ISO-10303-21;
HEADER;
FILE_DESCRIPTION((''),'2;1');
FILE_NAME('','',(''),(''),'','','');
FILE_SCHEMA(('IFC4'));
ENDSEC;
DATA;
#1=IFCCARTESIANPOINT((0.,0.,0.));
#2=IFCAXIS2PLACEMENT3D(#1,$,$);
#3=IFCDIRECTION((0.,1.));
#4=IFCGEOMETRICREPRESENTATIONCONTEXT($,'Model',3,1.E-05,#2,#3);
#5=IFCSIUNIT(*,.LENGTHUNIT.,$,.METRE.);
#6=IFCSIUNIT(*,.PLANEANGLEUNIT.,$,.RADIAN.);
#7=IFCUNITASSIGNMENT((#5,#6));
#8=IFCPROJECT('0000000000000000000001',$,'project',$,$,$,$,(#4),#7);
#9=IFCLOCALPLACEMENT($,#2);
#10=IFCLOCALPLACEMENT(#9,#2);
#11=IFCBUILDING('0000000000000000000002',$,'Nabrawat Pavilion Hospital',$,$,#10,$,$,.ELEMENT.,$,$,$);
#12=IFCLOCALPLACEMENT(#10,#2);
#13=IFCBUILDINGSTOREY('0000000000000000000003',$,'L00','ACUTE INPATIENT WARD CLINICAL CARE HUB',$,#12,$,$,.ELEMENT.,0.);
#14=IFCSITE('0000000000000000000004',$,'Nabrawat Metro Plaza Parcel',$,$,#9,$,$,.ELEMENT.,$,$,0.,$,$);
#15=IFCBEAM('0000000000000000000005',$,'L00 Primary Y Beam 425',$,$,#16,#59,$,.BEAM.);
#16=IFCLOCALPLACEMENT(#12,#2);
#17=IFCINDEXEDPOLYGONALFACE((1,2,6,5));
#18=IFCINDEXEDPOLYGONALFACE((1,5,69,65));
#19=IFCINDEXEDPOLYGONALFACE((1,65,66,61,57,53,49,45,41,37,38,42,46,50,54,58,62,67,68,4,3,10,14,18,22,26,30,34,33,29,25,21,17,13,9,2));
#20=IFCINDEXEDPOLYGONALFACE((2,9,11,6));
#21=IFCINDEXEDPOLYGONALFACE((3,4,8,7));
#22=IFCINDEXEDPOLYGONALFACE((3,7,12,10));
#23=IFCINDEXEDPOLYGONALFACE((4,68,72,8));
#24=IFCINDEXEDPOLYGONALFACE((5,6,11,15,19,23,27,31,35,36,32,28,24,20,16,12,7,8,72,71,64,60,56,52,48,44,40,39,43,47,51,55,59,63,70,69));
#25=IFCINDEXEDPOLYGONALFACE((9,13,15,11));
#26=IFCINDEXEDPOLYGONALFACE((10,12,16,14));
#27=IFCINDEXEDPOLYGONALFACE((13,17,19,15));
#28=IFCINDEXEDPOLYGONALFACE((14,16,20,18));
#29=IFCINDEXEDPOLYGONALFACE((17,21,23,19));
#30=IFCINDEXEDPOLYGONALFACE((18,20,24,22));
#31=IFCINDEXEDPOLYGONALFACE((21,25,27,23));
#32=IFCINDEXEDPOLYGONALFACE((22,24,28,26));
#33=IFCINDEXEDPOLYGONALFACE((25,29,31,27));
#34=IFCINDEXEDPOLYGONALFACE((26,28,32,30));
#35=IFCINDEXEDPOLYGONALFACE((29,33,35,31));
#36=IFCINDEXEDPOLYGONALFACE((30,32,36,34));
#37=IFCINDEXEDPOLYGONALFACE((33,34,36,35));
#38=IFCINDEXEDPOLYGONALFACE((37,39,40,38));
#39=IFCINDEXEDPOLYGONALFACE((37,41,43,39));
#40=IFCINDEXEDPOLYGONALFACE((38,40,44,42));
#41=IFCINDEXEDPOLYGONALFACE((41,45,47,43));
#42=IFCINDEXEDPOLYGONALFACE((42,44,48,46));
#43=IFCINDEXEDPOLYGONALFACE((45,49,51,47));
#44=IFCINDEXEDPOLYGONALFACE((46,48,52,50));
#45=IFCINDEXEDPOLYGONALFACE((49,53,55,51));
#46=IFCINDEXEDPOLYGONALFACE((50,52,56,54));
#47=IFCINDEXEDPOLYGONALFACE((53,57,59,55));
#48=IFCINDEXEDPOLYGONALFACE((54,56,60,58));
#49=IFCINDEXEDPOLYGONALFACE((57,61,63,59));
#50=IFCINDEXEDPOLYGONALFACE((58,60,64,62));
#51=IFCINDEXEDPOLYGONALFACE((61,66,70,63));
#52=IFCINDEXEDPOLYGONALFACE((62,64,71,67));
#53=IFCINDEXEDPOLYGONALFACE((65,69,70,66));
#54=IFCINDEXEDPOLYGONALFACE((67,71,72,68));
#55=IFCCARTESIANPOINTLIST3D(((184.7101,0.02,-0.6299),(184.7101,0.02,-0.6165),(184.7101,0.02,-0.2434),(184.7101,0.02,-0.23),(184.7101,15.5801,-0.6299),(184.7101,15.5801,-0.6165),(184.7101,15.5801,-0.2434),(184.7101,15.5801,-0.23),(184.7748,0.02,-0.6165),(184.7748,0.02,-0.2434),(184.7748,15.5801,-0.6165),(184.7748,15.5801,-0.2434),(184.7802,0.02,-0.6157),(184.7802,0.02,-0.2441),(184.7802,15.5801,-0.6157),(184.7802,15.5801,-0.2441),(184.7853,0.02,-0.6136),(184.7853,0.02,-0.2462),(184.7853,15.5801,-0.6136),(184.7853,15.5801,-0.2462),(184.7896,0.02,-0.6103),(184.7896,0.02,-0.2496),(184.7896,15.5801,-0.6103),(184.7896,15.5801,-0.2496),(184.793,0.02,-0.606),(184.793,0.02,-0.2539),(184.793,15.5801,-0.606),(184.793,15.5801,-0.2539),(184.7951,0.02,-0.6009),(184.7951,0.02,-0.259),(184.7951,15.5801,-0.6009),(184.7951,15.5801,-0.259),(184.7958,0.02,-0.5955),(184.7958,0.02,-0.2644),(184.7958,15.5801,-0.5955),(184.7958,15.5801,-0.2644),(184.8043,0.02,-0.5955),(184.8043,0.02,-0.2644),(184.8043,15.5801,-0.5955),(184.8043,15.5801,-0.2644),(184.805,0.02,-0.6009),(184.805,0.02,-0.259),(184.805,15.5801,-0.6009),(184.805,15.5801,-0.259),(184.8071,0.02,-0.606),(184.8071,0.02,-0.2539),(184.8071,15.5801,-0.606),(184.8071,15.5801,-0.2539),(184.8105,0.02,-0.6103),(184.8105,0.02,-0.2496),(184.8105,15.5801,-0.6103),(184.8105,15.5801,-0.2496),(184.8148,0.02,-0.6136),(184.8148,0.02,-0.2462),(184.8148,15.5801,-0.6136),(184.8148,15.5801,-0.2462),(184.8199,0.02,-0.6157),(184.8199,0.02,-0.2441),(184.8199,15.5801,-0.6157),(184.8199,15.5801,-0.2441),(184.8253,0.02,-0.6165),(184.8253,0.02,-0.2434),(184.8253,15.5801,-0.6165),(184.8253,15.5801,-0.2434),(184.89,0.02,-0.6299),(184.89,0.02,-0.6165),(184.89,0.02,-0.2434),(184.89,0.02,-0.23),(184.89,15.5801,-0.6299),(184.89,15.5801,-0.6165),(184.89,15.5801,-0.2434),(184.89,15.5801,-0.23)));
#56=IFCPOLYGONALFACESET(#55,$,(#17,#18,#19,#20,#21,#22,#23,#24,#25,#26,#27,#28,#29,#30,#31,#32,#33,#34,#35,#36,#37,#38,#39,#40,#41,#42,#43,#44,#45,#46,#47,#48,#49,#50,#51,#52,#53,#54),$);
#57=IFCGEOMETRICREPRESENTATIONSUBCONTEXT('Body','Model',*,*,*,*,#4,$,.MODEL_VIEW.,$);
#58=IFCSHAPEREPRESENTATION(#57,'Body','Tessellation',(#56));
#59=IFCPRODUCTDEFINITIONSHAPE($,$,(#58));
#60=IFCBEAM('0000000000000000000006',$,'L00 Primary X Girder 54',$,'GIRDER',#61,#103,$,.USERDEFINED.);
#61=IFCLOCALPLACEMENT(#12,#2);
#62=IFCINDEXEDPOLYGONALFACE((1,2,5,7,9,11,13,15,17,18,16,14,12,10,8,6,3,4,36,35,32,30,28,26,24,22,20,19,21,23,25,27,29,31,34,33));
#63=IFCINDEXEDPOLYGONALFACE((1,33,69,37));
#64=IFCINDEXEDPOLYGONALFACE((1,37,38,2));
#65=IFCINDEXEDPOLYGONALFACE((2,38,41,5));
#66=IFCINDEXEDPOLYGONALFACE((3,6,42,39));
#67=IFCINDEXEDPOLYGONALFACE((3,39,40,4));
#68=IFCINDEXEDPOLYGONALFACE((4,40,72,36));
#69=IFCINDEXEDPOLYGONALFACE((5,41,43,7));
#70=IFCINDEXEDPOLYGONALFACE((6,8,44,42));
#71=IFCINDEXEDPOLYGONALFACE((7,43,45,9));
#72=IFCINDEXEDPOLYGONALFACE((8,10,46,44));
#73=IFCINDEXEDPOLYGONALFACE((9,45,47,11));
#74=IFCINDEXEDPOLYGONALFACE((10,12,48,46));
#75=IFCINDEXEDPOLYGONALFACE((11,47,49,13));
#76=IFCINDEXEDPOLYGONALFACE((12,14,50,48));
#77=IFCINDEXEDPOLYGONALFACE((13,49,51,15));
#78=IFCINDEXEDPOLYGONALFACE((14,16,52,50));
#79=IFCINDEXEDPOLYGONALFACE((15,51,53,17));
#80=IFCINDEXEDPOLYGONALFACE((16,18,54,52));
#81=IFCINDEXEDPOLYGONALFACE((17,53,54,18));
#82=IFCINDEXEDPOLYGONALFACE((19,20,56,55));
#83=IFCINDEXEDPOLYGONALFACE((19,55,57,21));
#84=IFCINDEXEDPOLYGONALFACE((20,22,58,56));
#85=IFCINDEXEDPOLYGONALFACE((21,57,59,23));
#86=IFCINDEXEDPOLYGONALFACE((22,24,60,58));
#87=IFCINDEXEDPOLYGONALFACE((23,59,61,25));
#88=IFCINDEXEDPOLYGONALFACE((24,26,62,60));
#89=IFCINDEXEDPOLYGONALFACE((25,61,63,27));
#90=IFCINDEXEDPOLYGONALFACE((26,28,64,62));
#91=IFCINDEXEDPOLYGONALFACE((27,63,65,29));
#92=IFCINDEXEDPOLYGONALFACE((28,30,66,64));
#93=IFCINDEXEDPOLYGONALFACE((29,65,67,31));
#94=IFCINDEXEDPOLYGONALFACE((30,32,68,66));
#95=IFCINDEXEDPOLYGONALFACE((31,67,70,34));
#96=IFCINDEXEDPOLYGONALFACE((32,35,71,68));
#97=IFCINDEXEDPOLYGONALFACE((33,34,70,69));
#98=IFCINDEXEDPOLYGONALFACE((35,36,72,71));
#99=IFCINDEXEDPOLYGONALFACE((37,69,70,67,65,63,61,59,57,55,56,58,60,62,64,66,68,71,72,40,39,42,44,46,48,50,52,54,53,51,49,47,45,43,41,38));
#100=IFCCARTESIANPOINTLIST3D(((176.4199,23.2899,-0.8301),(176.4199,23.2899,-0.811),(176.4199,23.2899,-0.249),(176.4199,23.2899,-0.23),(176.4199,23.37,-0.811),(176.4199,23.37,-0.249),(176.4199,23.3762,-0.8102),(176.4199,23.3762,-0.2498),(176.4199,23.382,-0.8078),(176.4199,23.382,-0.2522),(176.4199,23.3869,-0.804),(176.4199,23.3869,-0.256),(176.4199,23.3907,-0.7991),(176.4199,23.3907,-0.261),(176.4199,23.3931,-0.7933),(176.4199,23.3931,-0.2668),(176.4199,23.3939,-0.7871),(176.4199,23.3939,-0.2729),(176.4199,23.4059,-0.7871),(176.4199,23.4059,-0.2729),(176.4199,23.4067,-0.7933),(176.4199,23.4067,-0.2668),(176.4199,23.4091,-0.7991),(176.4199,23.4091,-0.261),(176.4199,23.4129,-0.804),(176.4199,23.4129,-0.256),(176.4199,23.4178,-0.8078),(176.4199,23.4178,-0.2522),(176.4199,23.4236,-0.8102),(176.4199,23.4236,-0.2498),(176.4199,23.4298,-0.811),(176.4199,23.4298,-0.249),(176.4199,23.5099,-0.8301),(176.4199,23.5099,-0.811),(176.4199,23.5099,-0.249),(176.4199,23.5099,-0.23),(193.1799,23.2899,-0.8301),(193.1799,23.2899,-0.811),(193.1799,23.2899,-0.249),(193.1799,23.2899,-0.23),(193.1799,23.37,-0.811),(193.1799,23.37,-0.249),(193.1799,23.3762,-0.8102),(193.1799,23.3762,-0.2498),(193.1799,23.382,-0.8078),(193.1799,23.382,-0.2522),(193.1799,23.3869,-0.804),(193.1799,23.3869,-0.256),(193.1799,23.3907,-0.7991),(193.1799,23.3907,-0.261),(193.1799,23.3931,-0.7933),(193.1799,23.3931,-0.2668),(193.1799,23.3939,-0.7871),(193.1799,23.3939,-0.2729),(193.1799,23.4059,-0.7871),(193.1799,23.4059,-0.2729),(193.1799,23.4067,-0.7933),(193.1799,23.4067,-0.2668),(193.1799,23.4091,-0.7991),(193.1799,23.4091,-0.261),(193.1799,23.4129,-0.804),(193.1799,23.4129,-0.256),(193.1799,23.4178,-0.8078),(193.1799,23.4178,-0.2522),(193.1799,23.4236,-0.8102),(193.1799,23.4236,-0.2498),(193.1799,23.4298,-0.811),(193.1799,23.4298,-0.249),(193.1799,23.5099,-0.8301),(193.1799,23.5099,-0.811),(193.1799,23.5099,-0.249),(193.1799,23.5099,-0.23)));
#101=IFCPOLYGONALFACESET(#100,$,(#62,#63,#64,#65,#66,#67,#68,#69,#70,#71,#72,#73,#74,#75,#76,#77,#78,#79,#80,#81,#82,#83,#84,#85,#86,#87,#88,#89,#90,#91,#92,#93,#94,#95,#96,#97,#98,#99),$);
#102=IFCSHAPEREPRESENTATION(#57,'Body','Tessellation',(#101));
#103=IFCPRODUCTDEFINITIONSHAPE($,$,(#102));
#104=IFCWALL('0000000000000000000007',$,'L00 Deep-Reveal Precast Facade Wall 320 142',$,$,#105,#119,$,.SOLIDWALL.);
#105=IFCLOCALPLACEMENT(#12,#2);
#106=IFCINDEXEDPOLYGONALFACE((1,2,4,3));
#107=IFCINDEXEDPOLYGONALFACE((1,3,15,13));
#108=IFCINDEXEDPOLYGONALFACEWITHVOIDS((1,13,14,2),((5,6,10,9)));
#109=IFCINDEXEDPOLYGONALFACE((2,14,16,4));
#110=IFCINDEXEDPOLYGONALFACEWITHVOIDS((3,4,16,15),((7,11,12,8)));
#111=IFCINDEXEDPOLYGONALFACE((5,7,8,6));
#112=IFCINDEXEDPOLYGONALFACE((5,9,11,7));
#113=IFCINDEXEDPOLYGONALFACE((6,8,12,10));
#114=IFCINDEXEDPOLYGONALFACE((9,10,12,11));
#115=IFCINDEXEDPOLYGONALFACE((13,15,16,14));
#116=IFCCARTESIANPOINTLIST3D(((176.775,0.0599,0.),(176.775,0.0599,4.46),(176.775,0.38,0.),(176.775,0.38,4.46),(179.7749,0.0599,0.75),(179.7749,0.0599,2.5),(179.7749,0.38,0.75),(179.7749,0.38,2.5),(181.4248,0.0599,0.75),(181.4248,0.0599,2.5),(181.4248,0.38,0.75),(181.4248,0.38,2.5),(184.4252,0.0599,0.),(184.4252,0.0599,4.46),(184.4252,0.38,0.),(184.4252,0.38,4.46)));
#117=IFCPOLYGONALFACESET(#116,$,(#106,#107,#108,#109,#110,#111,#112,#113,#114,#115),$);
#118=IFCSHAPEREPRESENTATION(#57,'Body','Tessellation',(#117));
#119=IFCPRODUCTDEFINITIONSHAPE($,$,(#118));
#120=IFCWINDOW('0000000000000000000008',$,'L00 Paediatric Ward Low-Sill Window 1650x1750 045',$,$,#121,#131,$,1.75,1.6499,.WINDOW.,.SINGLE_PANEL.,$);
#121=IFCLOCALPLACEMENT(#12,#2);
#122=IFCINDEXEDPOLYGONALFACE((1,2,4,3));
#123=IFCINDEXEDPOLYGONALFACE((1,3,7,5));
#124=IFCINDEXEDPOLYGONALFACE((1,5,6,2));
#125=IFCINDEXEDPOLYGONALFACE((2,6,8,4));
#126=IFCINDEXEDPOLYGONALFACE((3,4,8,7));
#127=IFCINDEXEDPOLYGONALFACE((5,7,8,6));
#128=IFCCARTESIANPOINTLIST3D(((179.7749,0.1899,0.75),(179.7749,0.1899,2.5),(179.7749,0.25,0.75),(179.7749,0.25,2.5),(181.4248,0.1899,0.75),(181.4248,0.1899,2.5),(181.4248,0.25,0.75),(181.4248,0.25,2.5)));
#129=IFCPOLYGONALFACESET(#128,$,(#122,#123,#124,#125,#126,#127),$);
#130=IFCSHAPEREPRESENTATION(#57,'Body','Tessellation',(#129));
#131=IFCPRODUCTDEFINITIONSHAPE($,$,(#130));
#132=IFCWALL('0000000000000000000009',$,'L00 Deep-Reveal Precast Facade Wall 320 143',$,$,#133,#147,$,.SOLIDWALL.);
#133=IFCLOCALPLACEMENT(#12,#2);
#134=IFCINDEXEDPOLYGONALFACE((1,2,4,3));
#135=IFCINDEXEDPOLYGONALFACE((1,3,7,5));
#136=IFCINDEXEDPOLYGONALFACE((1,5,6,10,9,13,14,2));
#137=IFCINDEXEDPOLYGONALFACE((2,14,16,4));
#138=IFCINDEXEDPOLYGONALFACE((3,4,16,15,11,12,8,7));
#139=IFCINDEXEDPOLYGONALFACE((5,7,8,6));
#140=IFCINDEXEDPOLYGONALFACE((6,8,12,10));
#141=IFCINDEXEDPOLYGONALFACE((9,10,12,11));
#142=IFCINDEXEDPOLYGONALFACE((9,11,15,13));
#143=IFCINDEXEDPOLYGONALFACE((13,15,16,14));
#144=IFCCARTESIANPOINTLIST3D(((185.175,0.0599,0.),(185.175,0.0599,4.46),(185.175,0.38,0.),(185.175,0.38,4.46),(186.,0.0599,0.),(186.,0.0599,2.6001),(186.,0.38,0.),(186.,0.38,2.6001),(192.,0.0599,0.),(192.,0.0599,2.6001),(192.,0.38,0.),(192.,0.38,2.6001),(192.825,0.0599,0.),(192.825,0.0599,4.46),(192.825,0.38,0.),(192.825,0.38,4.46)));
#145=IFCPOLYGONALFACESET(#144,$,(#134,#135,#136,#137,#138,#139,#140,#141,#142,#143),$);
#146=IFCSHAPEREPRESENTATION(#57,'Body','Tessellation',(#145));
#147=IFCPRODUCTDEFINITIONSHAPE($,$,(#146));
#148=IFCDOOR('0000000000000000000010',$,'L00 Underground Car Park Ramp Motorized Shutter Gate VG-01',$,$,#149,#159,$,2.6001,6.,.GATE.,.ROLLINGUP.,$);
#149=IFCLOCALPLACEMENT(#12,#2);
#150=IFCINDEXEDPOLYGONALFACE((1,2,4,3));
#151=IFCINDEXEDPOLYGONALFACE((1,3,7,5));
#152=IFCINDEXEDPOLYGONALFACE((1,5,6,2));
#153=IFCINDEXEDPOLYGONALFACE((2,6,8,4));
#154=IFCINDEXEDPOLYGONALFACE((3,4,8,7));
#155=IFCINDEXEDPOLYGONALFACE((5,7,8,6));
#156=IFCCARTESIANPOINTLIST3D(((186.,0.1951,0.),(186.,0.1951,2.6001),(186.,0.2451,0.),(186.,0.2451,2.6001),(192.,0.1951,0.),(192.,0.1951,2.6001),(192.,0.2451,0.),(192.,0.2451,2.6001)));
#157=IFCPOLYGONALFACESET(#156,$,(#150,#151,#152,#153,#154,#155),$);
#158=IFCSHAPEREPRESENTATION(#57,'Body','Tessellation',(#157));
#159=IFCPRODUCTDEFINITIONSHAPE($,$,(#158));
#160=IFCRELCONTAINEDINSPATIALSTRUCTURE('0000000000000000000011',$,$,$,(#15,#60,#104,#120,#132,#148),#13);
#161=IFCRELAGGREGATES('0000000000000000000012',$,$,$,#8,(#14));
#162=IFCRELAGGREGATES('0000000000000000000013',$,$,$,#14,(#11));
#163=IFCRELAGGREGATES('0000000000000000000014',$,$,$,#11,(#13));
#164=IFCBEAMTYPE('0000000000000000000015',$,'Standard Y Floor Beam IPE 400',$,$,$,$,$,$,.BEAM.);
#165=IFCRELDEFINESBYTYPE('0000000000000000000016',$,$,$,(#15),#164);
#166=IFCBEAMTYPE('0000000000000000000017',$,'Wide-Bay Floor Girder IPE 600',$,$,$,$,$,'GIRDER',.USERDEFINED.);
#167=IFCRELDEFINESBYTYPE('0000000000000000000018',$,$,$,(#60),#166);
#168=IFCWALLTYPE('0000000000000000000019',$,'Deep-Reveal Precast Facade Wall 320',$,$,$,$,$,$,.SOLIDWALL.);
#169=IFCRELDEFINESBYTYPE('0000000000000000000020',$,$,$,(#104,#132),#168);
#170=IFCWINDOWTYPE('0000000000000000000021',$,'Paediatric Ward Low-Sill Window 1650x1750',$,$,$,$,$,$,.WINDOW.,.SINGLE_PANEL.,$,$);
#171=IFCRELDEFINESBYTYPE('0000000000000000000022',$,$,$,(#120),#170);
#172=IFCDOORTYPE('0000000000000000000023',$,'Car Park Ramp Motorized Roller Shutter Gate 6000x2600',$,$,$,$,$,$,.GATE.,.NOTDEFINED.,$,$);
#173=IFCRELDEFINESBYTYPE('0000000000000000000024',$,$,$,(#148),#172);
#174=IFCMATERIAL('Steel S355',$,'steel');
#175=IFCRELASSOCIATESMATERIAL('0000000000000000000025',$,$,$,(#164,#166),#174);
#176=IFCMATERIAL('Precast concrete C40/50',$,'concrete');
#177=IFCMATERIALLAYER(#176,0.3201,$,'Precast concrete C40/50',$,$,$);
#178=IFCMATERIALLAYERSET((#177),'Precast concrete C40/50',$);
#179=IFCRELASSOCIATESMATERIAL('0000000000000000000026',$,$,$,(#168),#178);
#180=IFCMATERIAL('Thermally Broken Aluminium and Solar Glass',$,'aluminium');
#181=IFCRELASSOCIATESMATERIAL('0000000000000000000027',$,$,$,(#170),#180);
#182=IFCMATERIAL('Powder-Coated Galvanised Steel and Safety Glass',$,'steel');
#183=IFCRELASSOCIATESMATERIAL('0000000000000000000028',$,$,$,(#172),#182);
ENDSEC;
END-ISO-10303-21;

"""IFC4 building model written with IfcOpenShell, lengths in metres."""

from ifc_helpers import new_model, si_unit, direction, frame, frame_2d, origin, origin_2d, place, context, subcontext, project, spatial, rectangle, i_section, extrude, material, layer, layer_set, material_profile, profile_set, type_object, element, fill, save


model = new_model("IFC4")

# Units and contexts
model_context = context("Model", 3, precision=1e-05, world=origin(), true_north=direction((0.0, 1.0)))
body_context = subcontext(model_context, "Body", "Model", "MODEL_VIEW")
ifc_project = project(units=[si_unit("LENGTHUNIT", "METRE"), si_unit("PLANEANGLEUNIT", "RADIAN")], contexts=[model_context])

# Site, building, storey
site_placement = place(None, origin())
site = spatial("IfcSite", under=ifc_project, at=site_placement, Name="Nabrawat Metro Plaza Parcel", CompositionType="ELEMENT", RefElevation=0.0)
building_placement = place(site_placement, origin())
building = spatial("IfcBuilding", under=site, at=building_placement, Name="Nabrawat Pavilion Hospital", CompositionType="ELEMENT")
storey_placement = place(building_placement, origin())
storey = spatial("IfcBuildingStorey", under=building, at=storey_placement, Name="L00", Description="ACUTE INPATIENT WARD CLINICAL CARE HUB", CompositionType="ELEMENT", Elevation=0.0)

# Beams
ifc_material_1 = material(Name="Steel S355", Category="steel")
ifc_material_profile_1 = material_profile(ifc_material_1, i_section(OverallWidth=0.1799, OverallDepth=0.3999, WebThickness=0.0085, FlangeThickness=0.0134, FilletRadius=0.021, at=origin_2d()), Name="IPE 400")
ifc_profile_set_1 = profile_set([ifc_material_profile_1], Name="Steel S355")
beam_type_1 = type_object("IfcBeamType", Name="Standard Y Floor Beam IPE 400", PredefinedType="BEAM", material=ifc_profile_set_1)
beam_1_placement = place(storey_placement, frame((184.8, 0.02, -0.4299), z_axis=(0.0, 1.0, 0.0), x_axis=(-1.0, 0.0, 0.0)))
element("IfcBeam", 1, at=beam_1_placement, inside=storey, type_object=beam_type_1, Name="L00 Primary Y Beam 425", PredefinedType="BEAM", context=body_context, shape_type="SweptSolid", body=[
    extrude(i_section(OverallWidth=0.1799, OverallDepth=0.3999, WebThickness=0.0085, FlangeThickness=0.0134, FilletRadius=0.021, at=origin_2d()), origin(), (0.0, 0.0, 1.0), 15.5601),
])
ifc_material_profile_2 = material_profile(ifc_material_1, i_section(OverallWidth=0.22, OverallDepth=0.6001, WebThickness=0.012, FlangeThickness=0.019, FilletRadius=0.0239, at=origin_2d()), Name="IPE 600")
ifc_profile_set_2 = profile_set([ifc_material_profile_2], Name="Steel S355")
beam_type_2 = type_object("IfcBeamType", Name="Wide-Bay Floor Girder IPE 600", ElementType="GIRDER", PredefinedType="USERDEFINED", material=ifc_profile_set_2)
beam_2_placement = place(storey_placement, frame((176.4199, 23.3999, -0.53), z_axis=(1.0, 0.0, 0.0), x_axis=(0.0, 1.0, 0.0)))
element("IfcBeam", 2, at=beam_2_placement, inside=storey, type_object=beam_type_2, Name="L00 Primary X Girder 54", ObjectType="GIRDER", PredefinedType="USERDEFINED", context=body_context, shape_type="SweptSolid", body=[
    extrude(i_section(OverallWidth=0.22, OverallDepth=0.6001, WebThickness=0.012, FlangeThickness=0.019, FilletRadius=0.0239, at=origin_2d()), origin(), (0.0, 0.0, 1.0), 16.76),
])

# Wall, opening, window
ifc_material_2 = material(Name="Precast concrete C40/50", Category="concrete")
ifc_layer_1 = layer(ifc_material_2, 0.3201, Name="Precast concrete C40/50")
ifc_layer_set_1 = layer_set([ifc_layer_1], Name="Precast concrete C40/50")
wall_type = type_object("IfcWallType", Name="Deep-Reveal Precast Facade Wall 320", PredefinedType="SOLIDWALL", material=ifc_layer_set_1)
wall_1_placement = place(storey_placement, frame((176.7749, 0.22, 0.0), z_axis=(0.0, 0.0, 1.0), x_axis=(1.0, 0.0, 0.0)))
wall_1 = element("IfcWall", 3, at=wall_1_placement, inside=storey, type_object=wall_type, Name="L00 Deep-Reveal Precast Facade Wall 320 142", PredefinedType="SOLIDWALL", context=body_context, shape_type="SweptSolid", body=[
    extrude(rectangle(XDim=7.6501, YDim=0.3201, at=frame_2d((3.8252, 0.0))), origin(), (0.0, 0.0, 1.0), 4.46),
])
opening_1_placement = place(wall_1_placement, frame((3.0, 0.0, 0.75)))
opening_1 = element("IfcOpeningElement", 4, at=opening_1_placement, cuts=wall_1, PredefinedType="OPENING", context=body_context, shape_type="SweptSolid", body=[
    extrude(rectangle(XDim=1.6499, YDim=1.75, at=frame_2d((0.825, 0.875))), frame((0.0, 0.1699, 0.0), z_axis=(0.0, -1.0, 0.0), x_axis=(1.0, 0.0, 0.0)), (0.0, 0.0, 1.0), 0.3401),
])
ifc_material_3 = material(Name="Thermally Broken Aluminium and Solar Glass", Category="aluminium")
window_type_1 = type_object("IfcWindowType", Name="Paediatric Ward Low-Sill Window 1650x1750", PartitioningType="SINGLE_PANEL", PredefinedType="WINDOW", material=ifc_material_3)
window_1_placement = place(opening_1_placement, origin())
window_1 = element("IfcWindow", 5, at=window_1_placement, inside=storey, type_object=window_type_1, Name="L00 Paediatric Ward Low-Sill Window 1650x1750 045", OverallHeight=1.75, OverallWidth=1.6499, PartitioningType="SINGLE_PANEL", PredefinedType="WINDOW", context=body_context, shape_type="SweptSolid", body=[
    extrude(rectangle(XDim=1.6499, YDim=1.75, at=frame_2d((0.825, 0.875))), frame((0.0, 0.03, 0.0), z_axis=(0.0, -1.0, 0.0), x_axis=(1.0, 0.0, 0.0)), (0.0, 0.0, 1.0), 0.0601),
])
fill(opening_1, window_1)

# Wall, opening, door
wall_2_placement = place(storey_placement, frame((185.175, 0.22, 0.0), z_axis=(0.0, 0.0, 1.0), x_axis=(1.0, 0.0, 0.0)))
wall_2 = element("IfcWall", 6, at=wall_2_placement, inside=storey, type_object=wall_type, Name="L00 Deep-Reveal Precast Facade Wall 320 143", PredefinedType="SOLIDWALL", context=body_context, shape_type="SweptSolid", body=[
    extrude(rectangle(XDim=7.6499, YDim=0.3201, at=frame_2d((3.825, 0.0))), origin(), (0.0, 0.0, 1.0), 4.46),
])
opening_2_placement = place(wall_2_placement, frame((0.825, 0.0, 0.0)))
opening_2 = element("IfcOpeningElement", 7, at=opening_2_placement, cuts=wall_2, PredefinedType="OPENING", context=body_context, shape_type="SweptSolid", body=[
    extrude(rectangle(XDim=6.0, YDim=2.6001, at=frame_2d((3.0, 1.3))), frame((0.0, 0.1699, 0.0), z_axis=(0.0, -1.0, 0.0), x_axis=(1.0, 0.0, 0.0)), (0.0, 0.0, 1.0), 0.3401),
])
ifc_material_4 = material(Name="Powder-Coated Galvanised Steel and Safety Glass", Category="steel")
door_type_1 = type_object("IfcDoorType", Name="Car Park Ramp Motorized Roller Shutter Gate 6000x2600", OperationType="NOTDEFINED", PredefinedType="GATE", material=ifc_material_4)
door_1_placement = place(opening_2_placement, frame((6.0, 0.0, 0.0), z_axis=(0.0, 0.0, 1.0), x_axis=(-1.0, 0.0, 0.0)))
door_1 = element("IfcDoor", 8, at=door_1_placement, inside=storey, type_object=door_type_1, Name="L00 Underground Car Park Ramp Motorized Shutter Gate VG-01", OperationType="ROLLINGUP", OverallHeight=2.6001, OverallWidth=6.0, PredefinedType="GATE", context=body_context, shape_type="SweptSolid", body=[
    extrude(rectangle(XDim=6.0, YDim=2.6001, at=frame_2d((3.0, 1.3))), frame((0.0, 0.0249, 0.0), z_axis=(0.0, -1.0, 0.0), x_axis=(1.0, 0.0, 0.0)), (0.0, 0.0, 1.0), 0.05),
])
fill(opening_2, door_1)

save(model, "model.ifc")
